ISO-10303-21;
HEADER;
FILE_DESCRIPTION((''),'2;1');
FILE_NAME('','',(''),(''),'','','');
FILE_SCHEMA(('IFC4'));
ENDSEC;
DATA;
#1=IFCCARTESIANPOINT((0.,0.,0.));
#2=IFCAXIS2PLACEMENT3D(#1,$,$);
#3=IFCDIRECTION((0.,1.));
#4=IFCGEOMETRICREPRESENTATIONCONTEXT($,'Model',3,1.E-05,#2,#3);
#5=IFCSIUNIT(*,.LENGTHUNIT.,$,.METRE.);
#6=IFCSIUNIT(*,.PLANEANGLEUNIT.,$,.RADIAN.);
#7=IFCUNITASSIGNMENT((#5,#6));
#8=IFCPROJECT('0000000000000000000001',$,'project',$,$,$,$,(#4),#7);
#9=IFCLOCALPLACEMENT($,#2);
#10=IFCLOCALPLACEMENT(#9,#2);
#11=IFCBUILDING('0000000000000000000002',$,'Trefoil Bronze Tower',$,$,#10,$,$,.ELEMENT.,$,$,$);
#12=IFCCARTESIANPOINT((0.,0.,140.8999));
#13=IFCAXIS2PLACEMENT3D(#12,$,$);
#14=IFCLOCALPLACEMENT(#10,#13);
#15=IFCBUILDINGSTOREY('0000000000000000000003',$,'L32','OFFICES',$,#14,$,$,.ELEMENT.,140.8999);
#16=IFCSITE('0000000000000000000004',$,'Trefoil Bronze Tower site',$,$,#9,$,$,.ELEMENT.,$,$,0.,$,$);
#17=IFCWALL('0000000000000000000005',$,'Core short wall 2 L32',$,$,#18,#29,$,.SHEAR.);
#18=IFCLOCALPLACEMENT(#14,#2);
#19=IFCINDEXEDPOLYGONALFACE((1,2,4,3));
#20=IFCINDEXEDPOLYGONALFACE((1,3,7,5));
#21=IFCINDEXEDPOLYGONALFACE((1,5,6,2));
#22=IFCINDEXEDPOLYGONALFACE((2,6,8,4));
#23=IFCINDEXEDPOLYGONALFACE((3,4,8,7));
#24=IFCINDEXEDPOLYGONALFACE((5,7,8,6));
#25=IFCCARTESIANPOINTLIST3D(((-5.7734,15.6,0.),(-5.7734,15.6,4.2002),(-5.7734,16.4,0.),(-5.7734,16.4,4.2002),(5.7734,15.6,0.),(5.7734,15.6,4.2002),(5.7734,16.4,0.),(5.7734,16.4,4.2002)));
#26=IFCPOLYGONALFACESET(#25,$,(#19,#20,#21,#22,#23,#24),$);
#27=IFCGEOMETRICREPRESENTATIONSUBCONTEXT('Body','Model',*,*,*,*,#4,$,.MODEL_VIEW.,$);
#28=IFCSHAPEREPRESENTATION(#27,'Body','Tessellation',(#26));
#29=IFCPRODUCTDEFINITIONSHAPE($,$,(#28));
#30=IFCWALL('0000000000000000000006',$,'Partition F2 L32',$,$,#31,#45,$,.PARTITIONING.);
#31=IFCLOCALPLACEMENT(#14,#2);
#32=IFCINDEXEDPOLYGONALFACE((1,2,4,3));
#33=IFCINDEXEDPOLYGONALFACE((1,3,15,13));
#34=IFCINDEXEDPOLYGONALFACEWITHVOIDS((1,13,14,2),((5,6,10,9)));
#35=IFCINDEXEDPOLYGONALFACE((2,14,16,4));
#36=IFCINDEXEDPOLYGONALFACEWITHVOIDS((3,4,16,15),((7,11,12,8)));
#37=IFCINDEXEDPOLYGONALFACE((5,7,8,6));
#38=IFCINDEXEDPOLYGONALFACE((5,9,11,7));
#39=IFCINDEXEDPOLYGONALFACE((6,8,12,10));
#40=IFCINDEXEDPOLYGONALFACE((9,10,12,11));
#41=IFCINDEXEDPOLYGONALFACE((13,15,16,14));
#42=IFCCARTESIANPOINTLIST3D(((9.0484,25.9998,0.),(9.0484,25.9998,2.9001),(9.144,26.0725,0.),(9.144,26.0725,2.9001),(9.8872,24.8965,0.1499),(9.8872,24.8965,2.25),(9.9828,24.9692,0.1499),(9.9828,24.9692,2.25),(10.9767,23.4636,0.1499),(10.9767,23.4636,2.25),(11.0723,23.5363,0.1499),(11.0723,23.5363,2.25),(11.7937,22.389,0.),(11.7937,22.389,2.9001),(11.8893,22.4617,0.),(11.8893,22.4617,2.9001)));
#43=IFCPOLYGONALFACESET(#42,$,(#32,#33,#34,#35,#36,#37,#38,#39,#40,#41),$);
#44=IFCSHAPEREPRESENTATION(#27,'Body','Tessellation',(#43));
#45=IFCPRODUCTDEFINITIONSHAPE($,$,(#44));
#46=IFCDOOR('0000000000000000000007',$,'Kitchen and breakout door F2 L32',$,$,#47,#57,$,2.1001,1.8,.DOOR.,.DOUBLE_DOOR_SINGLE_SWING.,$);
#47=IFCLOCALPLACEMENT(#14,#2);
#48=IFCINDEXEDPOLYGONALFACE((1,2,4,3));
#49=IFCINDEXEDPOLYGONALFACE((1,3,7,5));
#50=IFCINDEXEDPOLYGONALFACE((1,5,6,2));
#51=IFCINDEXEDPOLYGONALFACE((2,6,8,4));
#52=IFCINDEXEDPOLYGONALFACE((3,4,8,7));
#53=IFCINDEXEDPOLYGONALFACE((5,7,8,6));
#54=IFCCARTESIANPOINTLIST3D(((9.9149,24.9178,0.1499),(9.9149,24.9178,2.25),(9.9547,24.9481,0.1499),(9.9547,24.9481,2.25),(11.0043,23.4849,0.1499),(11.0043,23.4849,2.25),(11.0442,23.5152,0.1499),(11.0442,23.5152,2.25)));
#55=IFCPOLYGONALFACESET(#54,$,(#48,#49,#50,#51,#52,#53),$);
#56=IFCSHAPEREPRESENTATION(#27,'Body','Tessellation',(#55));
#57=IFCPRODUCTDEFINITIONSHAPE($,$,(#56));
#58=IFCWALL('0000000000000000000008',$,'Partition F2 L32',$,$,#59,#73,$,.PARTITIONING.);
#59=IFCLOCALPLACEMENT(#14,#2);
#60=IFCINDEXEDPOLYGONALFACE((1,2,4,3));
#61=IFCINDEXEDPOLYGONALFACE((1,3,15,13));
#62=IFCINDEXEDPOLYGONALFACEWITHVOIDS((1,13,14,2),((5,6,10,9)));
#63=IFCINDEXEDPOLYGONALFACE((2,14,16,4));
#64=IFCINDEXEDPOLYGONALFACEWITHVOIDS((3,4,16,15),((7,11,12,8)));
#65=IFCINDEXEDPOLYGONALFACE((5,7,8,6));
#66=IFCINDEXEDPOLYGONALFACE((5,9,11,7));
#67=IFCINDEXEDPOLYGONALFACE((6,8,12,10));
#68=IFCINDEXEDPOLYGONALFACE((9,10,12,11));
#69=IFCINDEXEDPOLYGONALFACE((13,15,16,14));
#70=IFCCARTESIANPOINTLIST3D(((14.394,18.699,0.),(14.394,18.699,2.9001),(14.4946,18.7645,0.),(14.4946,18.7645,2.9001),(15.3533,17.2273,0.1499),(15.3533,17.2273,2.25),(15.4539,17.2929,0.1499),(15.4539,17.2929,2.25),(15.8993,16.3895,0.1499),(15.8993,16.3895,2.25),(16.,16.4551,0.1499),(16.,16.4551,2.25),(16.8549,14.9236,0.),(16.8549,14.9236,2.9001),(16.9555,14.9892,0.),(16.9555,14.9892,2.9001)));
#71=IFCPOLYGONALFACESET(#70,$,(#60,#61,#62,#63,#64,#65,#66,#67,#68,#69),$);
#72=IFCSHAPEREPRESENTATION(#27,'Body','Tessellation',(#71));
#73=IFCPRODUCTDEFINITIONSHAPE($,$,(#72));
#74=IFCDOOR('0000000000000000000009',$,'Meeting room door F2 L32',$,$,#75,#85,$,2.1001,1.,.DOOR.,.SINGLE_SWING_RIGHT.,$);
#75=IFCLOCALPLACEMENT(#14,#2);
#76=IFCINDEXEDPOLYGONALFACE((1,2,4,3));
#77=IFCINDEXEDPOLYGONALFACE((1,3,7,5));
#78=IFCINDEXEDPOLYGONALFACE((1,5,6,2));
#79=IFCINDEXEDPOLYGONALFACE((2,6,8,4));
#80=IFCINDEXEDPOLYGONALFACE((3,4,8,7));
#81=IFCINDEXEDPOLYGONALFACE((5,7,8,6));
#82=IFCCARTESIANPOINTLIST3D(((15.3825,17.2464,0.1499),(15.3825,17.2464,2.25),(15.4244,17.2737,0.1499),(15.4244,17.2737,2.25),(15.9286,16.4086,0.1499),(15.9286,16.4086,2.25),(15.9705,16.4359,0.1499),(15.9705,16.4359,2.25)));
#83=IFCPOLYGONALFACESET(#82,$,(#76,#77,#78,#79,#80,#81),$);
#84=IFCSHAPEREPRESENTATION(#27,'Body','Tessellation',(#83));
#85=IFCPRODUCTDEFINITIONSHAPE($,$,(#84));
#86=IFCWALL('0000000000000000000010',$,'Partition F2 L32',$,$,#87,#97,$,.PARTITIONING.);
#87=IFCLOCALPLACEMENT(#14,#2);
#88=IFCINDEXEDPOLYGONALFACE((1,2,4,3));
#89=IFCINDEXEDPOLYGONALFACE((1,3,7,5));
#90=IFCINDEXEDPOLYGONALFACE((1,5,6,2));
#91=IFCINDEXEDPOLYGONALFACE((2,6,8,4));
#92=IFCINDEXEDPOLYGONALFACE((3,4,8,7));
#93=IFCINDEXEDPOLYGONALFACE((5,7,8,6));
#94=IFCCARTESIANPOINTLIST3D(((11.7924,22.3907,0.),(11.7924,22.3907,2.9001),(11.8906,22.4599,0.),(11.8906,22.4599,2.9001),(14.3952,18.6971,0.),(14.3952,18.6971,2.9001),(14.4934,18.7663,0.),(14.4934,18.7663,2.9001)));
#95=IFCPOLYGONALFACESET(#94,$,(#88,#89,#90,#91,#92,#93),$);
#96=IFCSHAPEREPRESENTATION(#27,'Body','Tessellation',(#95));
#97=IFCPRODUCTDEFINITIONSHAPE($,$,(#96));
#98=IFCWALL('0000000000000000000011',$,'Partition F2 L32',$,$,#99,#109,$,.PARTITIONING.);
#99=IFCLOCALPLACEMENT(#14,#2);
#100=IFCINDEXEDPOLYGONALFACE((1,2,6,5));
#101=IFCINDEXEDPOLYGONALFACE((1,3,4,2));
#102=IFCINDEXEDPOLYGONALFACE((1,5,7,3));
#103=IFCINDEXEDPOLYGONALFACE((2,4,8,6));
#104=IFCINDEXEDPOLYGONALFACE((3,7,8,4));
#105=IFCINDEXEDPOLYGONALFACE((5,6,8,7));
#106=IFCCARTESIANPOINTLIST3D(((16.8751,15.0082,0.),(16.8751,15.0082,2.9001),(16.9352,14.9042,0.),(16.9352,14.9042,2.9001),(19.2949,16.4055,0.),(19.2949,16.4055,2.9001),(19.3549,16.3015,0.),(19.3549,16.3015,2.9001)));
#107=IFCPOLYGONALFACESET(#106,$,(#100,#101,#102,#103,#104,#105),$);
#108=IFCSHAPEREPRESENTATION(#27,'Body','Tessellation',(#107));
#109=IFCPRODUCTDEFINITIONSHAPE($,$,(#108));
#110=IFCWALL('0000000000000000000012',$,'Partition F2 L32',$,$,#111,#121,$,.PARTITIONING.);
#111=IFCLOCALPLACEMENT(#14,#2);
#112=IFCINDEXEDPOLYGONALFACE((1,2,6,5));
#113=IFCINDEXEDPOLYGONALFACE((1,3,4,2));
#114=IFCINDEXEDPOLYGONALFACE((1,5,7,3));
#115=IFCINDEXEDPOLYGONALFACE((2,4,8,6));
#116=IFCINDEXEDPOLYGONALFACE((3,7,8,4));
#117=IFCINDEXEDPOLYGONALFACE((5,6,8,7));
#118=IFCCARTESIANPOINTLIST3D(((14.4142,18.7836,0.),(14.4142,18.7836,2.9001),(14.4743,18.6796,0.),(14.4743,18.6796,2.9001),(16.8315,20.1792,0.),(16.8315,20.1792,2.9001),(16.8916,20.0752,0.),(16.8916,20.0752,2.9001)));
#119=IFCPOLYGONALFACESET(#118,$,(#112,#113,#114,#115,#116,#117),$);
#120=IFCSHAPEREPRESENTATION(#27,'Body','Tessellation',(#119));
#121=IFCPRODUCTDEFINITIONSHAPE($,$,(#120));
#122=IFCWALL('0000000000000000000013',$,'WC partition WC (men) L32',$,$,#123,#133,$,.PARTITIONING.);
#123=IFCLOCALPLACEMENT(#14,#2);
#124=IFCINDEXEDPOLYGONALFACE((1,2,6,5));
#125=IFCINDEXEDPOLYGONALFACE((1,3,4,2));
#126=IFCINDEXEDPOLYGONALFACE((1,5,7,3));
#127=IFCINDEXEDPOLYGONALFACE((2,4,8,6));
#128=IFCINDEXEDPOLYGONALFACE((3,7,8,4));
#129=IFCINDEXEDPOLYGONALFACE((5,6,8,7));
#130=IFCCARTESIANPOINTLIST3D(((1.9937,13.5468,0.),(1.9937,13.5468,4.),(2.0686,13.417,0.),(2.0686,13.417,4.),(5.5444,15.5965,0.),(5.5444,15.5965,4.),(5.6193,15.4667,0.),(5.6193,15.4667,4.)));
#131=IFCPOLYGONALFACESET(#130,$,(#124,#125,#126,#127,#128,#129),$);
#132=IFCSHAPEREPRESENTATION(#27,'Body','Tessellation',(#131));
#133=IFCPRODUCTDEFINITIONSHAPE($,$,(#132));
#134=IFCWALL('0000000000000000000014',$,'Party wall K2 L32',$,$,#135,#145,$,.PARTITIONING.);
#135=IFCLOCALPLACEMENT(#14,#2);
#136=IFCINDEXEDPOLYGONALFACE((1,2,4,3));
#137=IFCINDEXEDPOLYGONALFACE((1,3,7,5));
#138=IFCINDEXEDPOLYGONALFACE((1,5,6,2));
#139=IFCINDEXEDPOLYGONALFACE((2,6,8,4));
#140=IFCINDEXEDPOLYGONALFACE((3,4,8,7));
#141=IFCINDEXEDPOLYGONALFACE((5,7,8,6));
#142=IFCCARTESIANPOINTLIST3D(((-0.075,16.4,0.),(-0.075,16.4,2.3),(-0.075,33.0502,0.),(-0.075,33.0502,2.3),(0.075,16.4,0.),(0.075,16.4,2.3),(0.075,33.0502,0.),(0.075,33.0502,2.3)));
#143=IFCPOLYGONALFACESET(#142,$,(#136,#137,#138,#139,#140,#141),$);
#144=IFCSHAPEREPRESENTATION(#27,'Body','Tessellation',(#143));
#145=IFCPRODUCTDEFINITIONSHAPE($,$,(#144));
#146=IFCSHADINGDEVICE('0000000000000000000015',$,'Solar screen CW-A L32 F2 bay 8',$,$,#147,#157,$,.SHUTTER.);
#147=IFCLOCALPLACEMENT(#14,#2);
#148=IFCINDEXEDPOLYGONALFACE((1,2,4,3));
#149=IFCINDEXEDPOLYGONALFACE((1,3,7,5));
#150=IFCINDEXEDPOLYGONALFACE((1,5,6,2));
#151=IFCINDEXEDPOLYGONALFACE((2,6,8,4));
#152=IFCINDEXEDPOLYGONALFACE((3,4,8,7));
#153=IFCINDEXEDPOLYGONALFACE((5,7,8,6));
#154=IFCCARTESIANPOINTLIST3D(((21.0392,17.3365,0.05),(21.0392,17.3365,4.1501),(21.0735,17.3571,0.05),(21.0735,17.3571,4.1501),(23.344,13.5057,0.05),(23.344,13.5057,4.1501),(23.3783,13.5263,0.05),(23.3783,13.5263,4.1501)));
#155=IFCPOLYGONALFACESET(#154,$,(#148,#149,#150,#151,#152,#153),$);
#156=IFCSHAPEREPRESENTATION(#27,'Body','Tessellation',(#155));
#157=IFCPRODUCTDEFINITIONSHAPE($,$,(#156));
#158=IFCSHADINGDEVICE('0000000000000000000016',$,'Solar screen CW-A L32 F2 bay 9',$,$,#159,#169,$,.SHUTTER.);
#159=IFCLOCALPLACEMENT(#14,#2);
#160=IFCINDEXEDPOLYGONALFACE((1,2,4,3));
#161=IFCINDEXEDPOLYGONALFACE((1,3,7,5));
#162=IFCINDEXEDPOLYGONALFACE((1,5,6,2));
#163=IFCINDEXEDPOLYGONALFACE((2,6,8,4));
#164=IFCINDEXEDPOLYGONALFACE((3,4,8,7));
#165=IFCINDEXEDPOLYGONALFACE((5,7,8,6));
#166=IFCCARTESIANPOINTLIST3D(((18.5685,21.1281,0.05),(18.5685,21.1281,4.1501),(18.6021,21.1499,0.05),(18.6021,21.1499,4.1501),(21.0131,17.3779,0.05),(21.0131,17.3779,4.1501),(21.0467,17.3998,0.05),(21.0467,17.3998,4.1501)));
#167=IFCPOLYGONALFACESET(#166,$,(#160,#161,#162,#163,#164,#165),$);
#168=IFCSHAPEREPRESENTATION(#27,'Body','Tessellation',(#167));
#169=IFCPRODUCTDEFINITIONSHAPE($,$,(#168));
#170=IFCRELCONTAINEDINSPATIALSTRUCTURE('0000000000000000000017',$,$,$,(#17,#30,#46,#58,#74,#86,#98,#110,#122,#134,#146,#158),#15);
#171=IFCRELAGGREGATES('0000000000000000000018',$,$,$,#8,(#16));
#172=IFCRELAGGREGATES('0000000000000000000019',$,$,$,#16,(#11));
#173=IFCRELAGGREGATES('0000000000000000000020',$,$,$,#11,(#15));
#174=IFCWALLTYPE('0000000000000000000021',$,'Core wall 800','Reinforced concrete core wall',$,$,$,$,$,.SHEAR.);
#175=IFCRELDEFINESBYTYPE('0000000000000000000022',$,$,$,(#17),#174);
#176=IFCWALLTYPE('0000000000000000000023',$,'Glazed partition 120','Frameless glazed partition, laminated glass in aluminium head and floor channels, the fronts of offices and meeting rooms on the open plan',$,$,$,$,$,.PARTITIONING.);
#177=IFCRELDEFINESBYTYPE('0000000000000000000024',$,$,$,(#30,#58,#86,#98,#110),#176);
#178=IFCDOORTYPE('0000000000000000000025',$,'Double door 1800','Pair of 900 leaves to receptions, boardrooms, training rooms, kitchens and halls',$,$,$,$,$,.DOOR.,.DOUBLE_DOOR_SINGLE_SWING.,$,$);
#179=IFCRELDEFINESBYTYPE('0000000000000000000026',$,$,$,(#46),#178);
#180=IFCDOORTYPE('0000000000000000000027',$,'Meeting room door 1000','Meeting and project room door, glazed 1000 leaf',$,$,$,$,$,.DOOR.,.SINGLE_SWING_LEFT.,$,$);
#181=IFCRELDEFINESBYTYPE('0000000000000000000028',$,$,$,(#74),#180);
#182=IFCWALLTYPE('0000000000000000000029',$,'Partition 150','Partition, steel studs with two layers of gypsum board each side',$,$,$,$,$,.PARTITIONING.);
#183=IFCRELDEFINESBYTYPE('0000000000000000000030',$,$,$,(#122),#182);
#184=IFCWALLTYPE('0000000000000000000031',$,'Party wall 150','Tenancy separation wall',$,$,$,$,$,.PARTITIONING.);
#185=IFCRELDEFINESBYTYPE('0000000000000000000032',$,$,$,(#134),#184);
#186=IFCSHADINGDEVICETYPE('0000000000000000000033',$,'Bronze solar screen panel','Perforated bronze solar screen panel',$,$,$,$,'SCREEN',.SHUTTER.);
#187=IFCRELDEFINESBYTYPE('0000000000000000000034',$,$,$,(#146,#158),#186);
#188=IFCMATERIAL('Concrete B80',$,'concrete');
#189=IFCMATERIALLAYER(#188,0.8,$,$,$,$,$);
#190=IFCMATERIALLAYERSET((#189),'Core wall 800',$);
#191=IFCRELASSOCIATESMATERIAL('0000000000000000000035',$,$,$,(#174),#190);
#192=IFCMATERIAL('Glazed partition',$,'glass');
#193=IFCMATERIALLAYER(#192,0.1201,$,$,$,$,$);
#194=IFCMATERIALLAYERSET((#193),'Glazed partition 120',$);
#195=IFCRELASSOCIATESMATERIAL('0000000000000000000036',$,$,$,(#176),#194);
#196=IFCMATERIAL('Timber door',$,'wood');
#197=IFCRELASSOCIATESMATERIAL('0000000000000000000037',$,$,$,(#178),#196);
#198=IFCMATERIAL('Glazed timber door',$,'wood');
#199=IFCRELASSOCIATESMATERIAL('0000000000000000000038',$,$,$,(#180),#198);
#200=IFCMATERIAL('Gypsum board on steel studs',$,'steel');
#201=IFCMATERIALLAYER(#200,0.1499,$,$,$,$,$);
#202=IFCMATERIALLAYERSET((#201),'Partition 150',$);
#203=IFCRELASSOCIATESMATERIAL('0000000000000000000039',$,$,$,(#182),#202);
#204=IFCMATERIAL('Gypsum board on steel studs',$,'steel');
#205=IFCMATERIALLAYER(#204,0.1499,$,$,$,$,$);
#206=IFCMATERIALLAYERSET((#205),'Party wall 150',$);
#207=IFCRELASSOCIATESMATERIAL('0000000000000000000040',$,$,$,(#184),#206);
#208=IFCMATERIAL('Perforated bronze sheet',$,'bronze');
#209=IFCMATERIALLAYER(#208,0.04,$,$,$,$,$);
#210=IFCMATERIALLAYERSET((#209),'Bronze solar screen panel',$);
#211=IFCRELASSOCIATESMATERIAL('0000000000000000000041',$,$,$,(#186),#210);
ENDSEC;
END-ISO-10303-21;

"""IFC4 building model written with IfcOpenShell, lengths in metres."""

from ifc_helpers import new_model, si_unit, direction, frame, frame_2d, origin, origin_2d, place, context, subcontext, project, spatial, rectangle, extrude, material, layer, layer_set, type_object, element, fill, save


model = new_model("IFC4")

# Units and contexts
model_context = context("Model", 3, precision=1e-05, world=origin(), true_north=direction((0.0, 1.0)))
body_context = subcontext(model_context, "Body", "Model", "MODEL_VIEW")
ifc_project = project(units=[si_unit("LENGTHUNIT", "METRE"), si_unit("PLANEANGLEUNIT", "RADIAN")], contexts=[model_context])

# Site, building, storey
site_placement = place(None, origin())
site = spatial("IfcSite", under=ifc_project, at=site_placement, Name="Trefoil Bronze Tower site", CompositionType="ELEMENT", RefElevation=0.0)
building_placement = place(site_placement, origin())
building = spatial("IfcBuilding", under=site, at=building_placement, Name="Trefoil Bronze Tower", CompositionType="ELEMENT")
storey_placement = place(building_placement, frame((0.0, 0.0, 140.8999)))
storey = spatial("IfcBuildingStorey", under=building, at=storey_placement, Name="L32", Description="OFFICES", CompositionType="ELEMENT", Elevation=140.8999)

# Wall
ifc_material_1 = material(Name="Concrete B80", Category="concrete")
ifc_layer_1 = layer(ifc_material_1, 0.8)
ifc_layer_set_1 = layer_set([ifc_layer_1], Name="Core wall 800")
wall_type_1 = type_object("IfcWallType", Name="Core wall 800", Description="Reinforced concrete core wall", PredefinedType="SHEAR", material=ifc_layer_set_1)
wall_1_placement = place(storey_placement, frame((5.7734, 16.0, 0.0), z_axis=(0.0, 0.0, 1.0), x_axis=(-1.0, 0.0, 0.0)))
element("IfcWall", 1, at=wall_1_placement, inside=storey, type_object=wall_type_1, Name="Core short wall 2 L32", PredefinedType="SHEAR", context=body_context, shape_type="SweptSolid", body=[
    extrude(rectangle(XDim=11.5469, YDim=0.8, at=frame_2d((5.7734, 0.0))), origin(), (0.0, 0.0, 1.0), 4.2002),
])

# Walls, openings, doors
ifc_material_2 = material(Name="Glazed partition", Category="glass")
ifc_layer_2 = layer(ifc_material_2, 0.1201)
ifc_layer_set_2 = layer_set([ifc_layer_2], Name="Glazed partition 120")
wall_type_2 = type_object("IfcWallType", Name="Glazed partition 120", Description="Frameless glazed partition, laminated glass in aluminium head and floor channels, the fronts of offices and meeting rooms on the open plan", PredefinedType="PARTITIONING", material=ifc_layer_set_2)
wall_2_placement = place(storey_placement, frame((11.8416, 22.4253, 0.0), z_axis=(0.0, 0.0, 1.0), x_axis=(-0.60524, 0.796043, 0.0)))
wall_2 = element("IfcWall", 2, at=wall_2_placement, inside=storey, type_object=wall_type_2, Name="Partition F2 L32", PredefinedType="PARTITIONING", context=body_context, shape_type="SweptSolid", body=[
    extrude(rectangle(XDim=4.5359, YDim=0.1201, at=frame_2d((2.2681, 0.0))), origin(), (0.0, 0.0, 1.0), 2.9001),
])
opening_1_placement = place(wall_2_placement, frame((1.3501, 0.0, 0.1499)))
opening_1 = element("IfcOpeningElement", 3, at=opening_1_placement, cuts=wall_2, PredefinedType="OPENING", context=body_context, shape_type="SweptSolid", body=[
    extrude(rectangle(XDim=1.8, YDim=2.1001, at=frame_2d((0.8999, 1.05))), frame((0.0, 0.0701, 0.0), z_axis=(0.0, -1.0, 0.0), x_axis=(1.0, 0.0, 0.0)), (0.0, 0.0, 1.0), 0.1401),
])
ifc_material_3 = material(Name="Timber door", Category="wood")
door_type_1 = type_object("IfcDoorType", Name="Double door 1800", Description="Pair of 900 leaves to receptions, boardrooms, training rooms, kitchens and halls", OperationType="DOUBLE_DOOR_SINGLE_SWING", PredefinedType="DOOR", material=ifc_material_3)
door_1_placement = place(opening_1_placement, frame((1.8, 0.0, 0.0), z_axis=(0.0, 0.0, 1.0), x_axis=(-1.0, 0.0, 0.0)))
door_1 = element("IfcDoor", 4, at=door_1_placement, inside=storey, type_object=door_type_1, Name="Kitchen and breakout door F2 L32", OperationType="DOUBLE_DOOR_SINGLE_SWING", OverallHeight=2.1001, OverallWidth=1.8, PredefinedType="DOOR", context=body_context, shape_type="SweptSolid", body=[
    extrude(rectangle(XDim=1.8, YDim=2.1001, at=frame_2d((0.8999, 1.05))), frame((0.0, 0.0249, 0.0), z_axis=(0.0, -1.0, 0.0), x_axis=(1.0, 0.0, 0.0)), (0.0, 0.0, 1.0), 0.05),
])
fill(opening_1, door_1)
wall_3_placement = place(storey_placement, frame((16.9053, 14.9563, 0.0), z_axis=(0.0, 0.0, 1.0), x_axis=(-0.546069, 0.83774, 0.0)))
wall_3 = element("IfcWall", 5, at=wall_3_placement, inside=storey, type_object=wall_type_2, Name="Partition F2 L32", PredefinedType="PARTITIONING", context=body_context, shape_type="SweptSolid", body=[
    extrude(rectangle(XDim=4.5066, YDim=0.1201, at=frame_2d((2.2534, 0.0))), origin(), (0.0, 0.0, 1.0), 2.9001),
])
opening_2_placement = place(wall_3_placement, frame((1.75, 0.0, 0.1499)))
opening_2 = element("IfcOpeningElement", 6, at=opening_2_placement, cuts=wall_3, PredefinedType="OPENING", context=body_context, shape_type="SweptSolid", body=[
    extrude(rectangle(XDim=1.0, YDim=2.1001, at=frame_2d((0.5, 1.05))), frame((0.0, 0.0701, 0.0), z_axis=(0.0, -1.0, 0.0), x_axis=(1.0, 0.0, 0.0)), (0.0, 0.0, 1.0), 0.1401),
])
ifc_material_4 = material(Name="Glazed timber door", Category="wood")
door_type_2 = type_object("IfcDoorType", Name="Meeting room door 1000", Description="Meeting and project room door, glazed 1000 leaf", OperationType="SINGLE_SWING_LEFT", PredefinedType="DOOR", material=ifc_material_4)
door_2_placement = place(opening_2_placement, frame((1.0, 0.0, 0.0), z_axis=(0.0, 0.0, 1.0), x_axis=(-1.0, 0.0, 0.0)))
door_2 = element("IfcDoor", 7, at=door_2_placement, inside=storey, type_object=door_type_2, Name="Meeting room door F2 L32", OperationType="SINGLE_SWING_RIGHT", OverallHeight=2.1001, OverallWidth=1.0, PredefinedType="DOOR", context=body_context, shape_type="SweptSolid", body=[
    extrude(rectangle(XDim=1.0, YDim=2.1001, at=frame_2d((0.5, 1.05))), frame((0.0, 0.0249, 0.0), z_axis=(0.0, -1.0, 0.0), x_axis=(1.0, 0.0, 0.0)), (0.0, 0.0, 1.0), 0.05),
])
fill(opening_2, door_2)

# Walls
wall_4_placement = place(storey_placement, frame((14.4443, 18.7317, 0.0), z_axis=(0.0, 0.0, 1.0), x_axis=(-0.576023, 0.817433, 0.0)))
element("IfcWall", 8, at=wall_4_placement, inside=storey, type_object=wall_type_2, Name="Partition F2 L32", PredefinedType="PARTITIONING", context=body_context, shape_type="SweptSolid", body=[
    extrude(rectangle(XDim=4.5186, YDim=0.1201, at=frame_2d((2.2593, 0.0))), origin(), (0.0, 0.0, 1.0), 2.9001),
])
wall_5_placement = place(storey_placement, frame((16.9053, 14.9563, 0.0), z_axis=(0.0, 0.0, 1.0), x_axis=(0.865992, 0.500058, 0.0)))
element("IfcWall", 9, at=wall_5_placement, inside=storey, type_object=wall_type_2, Name="Partition F2 L32", PredefinedType="PARTITIONING", context=body_context, shape_type="SweptSolid", body=[
    extrude(rectangle(XDim=2.7942, YDim=0.1201, at=frame_2d((1.397, 0.0))), origin(), (0.0, 0.0, 1.0), 2.9001),
])
wall_6_placement = place(storey_placement, frame((14.4443, 18.7317, 0.0), z_axis=(0.0, 0.0, 1.0), x_axis=(0.866038, 0.499977, 0.0)))
element("IfcWall", 10, at=wall_6_placement, inside=storey, type_object=wall_type_2, Name="Partition F2 L32", PredefinedType="PARTITIONING", context=body_context, shape_type="SweptSolid", body=[
    extrude(rectangle(XDim=2.7913, YDim=0.1201, at=frame_2d((1.3955, 0.0))), origin(), (0.0, 0.0, 1.0), 2.9001),
])
ifc_material_5 = material(Name="Gypsum board on steel studs", Category="steel")
ifc_layer_3 = layer(ifc_material_5, 0.1499)
ifc_layer_set_3 = layer_set([ifc_layer_3], Name="Partition 150")
wall_type_3 = type_object("IfcWallType", Name="Partition 150", Description="Partition, steel studs with two layers of gypsum board each side", PredefinedType="PARTITIONING", material=ifc_layer_set_3)
wall_7_placement = place(storey_placement, frame((2.0312, 13.4819, 0.0), z_axis=(0.0, 0.0, 1.0), x_axis=(0.866051, 0.499956, 0.0)))
element("IfcWall", 11, at=wall_7_placement, inside=storey, type_object=wall_type_3, Name="WC partition WC (men) L32", PredefinedType="PARTITIONING", context=body_context, shape_type="SweptSolid", body=[
    extrude(rectangle(XDim=4.0999, YDim=0.1499, at=frame_2d((2.0498, 0.0))), origin(), (0.0, 0.0, 1.0), 4.0),
])
ifc_material_6 = material(Name="Gypsum board on steel studs", Category="steel")
ifc_layer_4 = layer(ifc_material_6, 0.1499)
ifc_layer_set_4 = layer_set([ifc_layer_4], Name="Party wall 150")
wall_type_4 = type_object("IfcWallType", Name="Party wall 150", Description="Tenancy separation wall", PredefinedType="PARTITIONING", material=ifc_layer_set_4)
wall_8_placement = place(storey_placement, frame((0.0, 16.3999, 0.0), z_axis=(0.0, 0.0, 1.0), x_axis=(0.0, 1.0, 0.0)))
element("IfcWall", 12, at=wall_8_placement, inside=storey, type_object=wall_type_4, Name="Party wall K2 L32", PredefinedType="PARTITIONING", context=body_context, shape_type="SweptSolid", body=[
    extrude(rectangle(XDim=16.6501, YDim=0.1499, at=frame_2d((8.3252, 0.0))), origin(), (0.0, 0.0, 1.0), 2.3),
])

# Shading devices
ifc_material_7 = material(Name="Perforated bronze sheet", Category="bronze")
ifc_layer_5 = layer(ifc_material_7, 0.04)
ifc_layer_set_5 = layer_set([ifc_layer_5], Name="Bronze solar screen panel")
shading_device_type = type_object("IfcShadingDeviceType", Name="Bronze solar screen panel", Description="Perforated bronze solar screen panel", ElementType="SCREEN", PredefinedType="SHUTTER", material=ifc_layer_set_5)
shading_device_1_placement = place(storey_placement, frame((22.2087, 15.4314, 0.05), z_axis=(0.0, 0.0, 1.0), x_axis=(-0.515525, 0.856874, 0.0)))
element("IfcShadingDevice", 13, at=shading_device_1_placement, inside=storey, type_object=shading_device_type, Name="Solar screen CW-A L32 F2 bay 8", PredefinedType="SHUTTER", context=body_context, shape_type="SweptSolid", body=[
    extrude(rectangle(XDim=4.4707, YDim=0.04, at=origin_2d()), origin(), (0.0, 0.0, 1.0), 4.1001),
])
shading_device_2_placement = place(storey_placement, frame((19.8076, 19.2639, 0.05), z_axis=(0.0, 0.0, 1.0), x_axis=(-0.546089, 0.837727, 0.0)))
element("IfcShadingDevice", 14, at=shading_device_2_placement, inside=storey, type_object=shading_device_type, Name="Solar screen CW-A L32 F2 bay 9", PredefinedType="SHUTTER", context=body_context, shape_type="SweptSolid", body=[
    extrude(rectangle(XDim=4.4766, YDim=0.04, at=origin_2d()), origin(), (0.0, 0.0, 1.0), 4.1001),
])

save(model, "model.ifc")
